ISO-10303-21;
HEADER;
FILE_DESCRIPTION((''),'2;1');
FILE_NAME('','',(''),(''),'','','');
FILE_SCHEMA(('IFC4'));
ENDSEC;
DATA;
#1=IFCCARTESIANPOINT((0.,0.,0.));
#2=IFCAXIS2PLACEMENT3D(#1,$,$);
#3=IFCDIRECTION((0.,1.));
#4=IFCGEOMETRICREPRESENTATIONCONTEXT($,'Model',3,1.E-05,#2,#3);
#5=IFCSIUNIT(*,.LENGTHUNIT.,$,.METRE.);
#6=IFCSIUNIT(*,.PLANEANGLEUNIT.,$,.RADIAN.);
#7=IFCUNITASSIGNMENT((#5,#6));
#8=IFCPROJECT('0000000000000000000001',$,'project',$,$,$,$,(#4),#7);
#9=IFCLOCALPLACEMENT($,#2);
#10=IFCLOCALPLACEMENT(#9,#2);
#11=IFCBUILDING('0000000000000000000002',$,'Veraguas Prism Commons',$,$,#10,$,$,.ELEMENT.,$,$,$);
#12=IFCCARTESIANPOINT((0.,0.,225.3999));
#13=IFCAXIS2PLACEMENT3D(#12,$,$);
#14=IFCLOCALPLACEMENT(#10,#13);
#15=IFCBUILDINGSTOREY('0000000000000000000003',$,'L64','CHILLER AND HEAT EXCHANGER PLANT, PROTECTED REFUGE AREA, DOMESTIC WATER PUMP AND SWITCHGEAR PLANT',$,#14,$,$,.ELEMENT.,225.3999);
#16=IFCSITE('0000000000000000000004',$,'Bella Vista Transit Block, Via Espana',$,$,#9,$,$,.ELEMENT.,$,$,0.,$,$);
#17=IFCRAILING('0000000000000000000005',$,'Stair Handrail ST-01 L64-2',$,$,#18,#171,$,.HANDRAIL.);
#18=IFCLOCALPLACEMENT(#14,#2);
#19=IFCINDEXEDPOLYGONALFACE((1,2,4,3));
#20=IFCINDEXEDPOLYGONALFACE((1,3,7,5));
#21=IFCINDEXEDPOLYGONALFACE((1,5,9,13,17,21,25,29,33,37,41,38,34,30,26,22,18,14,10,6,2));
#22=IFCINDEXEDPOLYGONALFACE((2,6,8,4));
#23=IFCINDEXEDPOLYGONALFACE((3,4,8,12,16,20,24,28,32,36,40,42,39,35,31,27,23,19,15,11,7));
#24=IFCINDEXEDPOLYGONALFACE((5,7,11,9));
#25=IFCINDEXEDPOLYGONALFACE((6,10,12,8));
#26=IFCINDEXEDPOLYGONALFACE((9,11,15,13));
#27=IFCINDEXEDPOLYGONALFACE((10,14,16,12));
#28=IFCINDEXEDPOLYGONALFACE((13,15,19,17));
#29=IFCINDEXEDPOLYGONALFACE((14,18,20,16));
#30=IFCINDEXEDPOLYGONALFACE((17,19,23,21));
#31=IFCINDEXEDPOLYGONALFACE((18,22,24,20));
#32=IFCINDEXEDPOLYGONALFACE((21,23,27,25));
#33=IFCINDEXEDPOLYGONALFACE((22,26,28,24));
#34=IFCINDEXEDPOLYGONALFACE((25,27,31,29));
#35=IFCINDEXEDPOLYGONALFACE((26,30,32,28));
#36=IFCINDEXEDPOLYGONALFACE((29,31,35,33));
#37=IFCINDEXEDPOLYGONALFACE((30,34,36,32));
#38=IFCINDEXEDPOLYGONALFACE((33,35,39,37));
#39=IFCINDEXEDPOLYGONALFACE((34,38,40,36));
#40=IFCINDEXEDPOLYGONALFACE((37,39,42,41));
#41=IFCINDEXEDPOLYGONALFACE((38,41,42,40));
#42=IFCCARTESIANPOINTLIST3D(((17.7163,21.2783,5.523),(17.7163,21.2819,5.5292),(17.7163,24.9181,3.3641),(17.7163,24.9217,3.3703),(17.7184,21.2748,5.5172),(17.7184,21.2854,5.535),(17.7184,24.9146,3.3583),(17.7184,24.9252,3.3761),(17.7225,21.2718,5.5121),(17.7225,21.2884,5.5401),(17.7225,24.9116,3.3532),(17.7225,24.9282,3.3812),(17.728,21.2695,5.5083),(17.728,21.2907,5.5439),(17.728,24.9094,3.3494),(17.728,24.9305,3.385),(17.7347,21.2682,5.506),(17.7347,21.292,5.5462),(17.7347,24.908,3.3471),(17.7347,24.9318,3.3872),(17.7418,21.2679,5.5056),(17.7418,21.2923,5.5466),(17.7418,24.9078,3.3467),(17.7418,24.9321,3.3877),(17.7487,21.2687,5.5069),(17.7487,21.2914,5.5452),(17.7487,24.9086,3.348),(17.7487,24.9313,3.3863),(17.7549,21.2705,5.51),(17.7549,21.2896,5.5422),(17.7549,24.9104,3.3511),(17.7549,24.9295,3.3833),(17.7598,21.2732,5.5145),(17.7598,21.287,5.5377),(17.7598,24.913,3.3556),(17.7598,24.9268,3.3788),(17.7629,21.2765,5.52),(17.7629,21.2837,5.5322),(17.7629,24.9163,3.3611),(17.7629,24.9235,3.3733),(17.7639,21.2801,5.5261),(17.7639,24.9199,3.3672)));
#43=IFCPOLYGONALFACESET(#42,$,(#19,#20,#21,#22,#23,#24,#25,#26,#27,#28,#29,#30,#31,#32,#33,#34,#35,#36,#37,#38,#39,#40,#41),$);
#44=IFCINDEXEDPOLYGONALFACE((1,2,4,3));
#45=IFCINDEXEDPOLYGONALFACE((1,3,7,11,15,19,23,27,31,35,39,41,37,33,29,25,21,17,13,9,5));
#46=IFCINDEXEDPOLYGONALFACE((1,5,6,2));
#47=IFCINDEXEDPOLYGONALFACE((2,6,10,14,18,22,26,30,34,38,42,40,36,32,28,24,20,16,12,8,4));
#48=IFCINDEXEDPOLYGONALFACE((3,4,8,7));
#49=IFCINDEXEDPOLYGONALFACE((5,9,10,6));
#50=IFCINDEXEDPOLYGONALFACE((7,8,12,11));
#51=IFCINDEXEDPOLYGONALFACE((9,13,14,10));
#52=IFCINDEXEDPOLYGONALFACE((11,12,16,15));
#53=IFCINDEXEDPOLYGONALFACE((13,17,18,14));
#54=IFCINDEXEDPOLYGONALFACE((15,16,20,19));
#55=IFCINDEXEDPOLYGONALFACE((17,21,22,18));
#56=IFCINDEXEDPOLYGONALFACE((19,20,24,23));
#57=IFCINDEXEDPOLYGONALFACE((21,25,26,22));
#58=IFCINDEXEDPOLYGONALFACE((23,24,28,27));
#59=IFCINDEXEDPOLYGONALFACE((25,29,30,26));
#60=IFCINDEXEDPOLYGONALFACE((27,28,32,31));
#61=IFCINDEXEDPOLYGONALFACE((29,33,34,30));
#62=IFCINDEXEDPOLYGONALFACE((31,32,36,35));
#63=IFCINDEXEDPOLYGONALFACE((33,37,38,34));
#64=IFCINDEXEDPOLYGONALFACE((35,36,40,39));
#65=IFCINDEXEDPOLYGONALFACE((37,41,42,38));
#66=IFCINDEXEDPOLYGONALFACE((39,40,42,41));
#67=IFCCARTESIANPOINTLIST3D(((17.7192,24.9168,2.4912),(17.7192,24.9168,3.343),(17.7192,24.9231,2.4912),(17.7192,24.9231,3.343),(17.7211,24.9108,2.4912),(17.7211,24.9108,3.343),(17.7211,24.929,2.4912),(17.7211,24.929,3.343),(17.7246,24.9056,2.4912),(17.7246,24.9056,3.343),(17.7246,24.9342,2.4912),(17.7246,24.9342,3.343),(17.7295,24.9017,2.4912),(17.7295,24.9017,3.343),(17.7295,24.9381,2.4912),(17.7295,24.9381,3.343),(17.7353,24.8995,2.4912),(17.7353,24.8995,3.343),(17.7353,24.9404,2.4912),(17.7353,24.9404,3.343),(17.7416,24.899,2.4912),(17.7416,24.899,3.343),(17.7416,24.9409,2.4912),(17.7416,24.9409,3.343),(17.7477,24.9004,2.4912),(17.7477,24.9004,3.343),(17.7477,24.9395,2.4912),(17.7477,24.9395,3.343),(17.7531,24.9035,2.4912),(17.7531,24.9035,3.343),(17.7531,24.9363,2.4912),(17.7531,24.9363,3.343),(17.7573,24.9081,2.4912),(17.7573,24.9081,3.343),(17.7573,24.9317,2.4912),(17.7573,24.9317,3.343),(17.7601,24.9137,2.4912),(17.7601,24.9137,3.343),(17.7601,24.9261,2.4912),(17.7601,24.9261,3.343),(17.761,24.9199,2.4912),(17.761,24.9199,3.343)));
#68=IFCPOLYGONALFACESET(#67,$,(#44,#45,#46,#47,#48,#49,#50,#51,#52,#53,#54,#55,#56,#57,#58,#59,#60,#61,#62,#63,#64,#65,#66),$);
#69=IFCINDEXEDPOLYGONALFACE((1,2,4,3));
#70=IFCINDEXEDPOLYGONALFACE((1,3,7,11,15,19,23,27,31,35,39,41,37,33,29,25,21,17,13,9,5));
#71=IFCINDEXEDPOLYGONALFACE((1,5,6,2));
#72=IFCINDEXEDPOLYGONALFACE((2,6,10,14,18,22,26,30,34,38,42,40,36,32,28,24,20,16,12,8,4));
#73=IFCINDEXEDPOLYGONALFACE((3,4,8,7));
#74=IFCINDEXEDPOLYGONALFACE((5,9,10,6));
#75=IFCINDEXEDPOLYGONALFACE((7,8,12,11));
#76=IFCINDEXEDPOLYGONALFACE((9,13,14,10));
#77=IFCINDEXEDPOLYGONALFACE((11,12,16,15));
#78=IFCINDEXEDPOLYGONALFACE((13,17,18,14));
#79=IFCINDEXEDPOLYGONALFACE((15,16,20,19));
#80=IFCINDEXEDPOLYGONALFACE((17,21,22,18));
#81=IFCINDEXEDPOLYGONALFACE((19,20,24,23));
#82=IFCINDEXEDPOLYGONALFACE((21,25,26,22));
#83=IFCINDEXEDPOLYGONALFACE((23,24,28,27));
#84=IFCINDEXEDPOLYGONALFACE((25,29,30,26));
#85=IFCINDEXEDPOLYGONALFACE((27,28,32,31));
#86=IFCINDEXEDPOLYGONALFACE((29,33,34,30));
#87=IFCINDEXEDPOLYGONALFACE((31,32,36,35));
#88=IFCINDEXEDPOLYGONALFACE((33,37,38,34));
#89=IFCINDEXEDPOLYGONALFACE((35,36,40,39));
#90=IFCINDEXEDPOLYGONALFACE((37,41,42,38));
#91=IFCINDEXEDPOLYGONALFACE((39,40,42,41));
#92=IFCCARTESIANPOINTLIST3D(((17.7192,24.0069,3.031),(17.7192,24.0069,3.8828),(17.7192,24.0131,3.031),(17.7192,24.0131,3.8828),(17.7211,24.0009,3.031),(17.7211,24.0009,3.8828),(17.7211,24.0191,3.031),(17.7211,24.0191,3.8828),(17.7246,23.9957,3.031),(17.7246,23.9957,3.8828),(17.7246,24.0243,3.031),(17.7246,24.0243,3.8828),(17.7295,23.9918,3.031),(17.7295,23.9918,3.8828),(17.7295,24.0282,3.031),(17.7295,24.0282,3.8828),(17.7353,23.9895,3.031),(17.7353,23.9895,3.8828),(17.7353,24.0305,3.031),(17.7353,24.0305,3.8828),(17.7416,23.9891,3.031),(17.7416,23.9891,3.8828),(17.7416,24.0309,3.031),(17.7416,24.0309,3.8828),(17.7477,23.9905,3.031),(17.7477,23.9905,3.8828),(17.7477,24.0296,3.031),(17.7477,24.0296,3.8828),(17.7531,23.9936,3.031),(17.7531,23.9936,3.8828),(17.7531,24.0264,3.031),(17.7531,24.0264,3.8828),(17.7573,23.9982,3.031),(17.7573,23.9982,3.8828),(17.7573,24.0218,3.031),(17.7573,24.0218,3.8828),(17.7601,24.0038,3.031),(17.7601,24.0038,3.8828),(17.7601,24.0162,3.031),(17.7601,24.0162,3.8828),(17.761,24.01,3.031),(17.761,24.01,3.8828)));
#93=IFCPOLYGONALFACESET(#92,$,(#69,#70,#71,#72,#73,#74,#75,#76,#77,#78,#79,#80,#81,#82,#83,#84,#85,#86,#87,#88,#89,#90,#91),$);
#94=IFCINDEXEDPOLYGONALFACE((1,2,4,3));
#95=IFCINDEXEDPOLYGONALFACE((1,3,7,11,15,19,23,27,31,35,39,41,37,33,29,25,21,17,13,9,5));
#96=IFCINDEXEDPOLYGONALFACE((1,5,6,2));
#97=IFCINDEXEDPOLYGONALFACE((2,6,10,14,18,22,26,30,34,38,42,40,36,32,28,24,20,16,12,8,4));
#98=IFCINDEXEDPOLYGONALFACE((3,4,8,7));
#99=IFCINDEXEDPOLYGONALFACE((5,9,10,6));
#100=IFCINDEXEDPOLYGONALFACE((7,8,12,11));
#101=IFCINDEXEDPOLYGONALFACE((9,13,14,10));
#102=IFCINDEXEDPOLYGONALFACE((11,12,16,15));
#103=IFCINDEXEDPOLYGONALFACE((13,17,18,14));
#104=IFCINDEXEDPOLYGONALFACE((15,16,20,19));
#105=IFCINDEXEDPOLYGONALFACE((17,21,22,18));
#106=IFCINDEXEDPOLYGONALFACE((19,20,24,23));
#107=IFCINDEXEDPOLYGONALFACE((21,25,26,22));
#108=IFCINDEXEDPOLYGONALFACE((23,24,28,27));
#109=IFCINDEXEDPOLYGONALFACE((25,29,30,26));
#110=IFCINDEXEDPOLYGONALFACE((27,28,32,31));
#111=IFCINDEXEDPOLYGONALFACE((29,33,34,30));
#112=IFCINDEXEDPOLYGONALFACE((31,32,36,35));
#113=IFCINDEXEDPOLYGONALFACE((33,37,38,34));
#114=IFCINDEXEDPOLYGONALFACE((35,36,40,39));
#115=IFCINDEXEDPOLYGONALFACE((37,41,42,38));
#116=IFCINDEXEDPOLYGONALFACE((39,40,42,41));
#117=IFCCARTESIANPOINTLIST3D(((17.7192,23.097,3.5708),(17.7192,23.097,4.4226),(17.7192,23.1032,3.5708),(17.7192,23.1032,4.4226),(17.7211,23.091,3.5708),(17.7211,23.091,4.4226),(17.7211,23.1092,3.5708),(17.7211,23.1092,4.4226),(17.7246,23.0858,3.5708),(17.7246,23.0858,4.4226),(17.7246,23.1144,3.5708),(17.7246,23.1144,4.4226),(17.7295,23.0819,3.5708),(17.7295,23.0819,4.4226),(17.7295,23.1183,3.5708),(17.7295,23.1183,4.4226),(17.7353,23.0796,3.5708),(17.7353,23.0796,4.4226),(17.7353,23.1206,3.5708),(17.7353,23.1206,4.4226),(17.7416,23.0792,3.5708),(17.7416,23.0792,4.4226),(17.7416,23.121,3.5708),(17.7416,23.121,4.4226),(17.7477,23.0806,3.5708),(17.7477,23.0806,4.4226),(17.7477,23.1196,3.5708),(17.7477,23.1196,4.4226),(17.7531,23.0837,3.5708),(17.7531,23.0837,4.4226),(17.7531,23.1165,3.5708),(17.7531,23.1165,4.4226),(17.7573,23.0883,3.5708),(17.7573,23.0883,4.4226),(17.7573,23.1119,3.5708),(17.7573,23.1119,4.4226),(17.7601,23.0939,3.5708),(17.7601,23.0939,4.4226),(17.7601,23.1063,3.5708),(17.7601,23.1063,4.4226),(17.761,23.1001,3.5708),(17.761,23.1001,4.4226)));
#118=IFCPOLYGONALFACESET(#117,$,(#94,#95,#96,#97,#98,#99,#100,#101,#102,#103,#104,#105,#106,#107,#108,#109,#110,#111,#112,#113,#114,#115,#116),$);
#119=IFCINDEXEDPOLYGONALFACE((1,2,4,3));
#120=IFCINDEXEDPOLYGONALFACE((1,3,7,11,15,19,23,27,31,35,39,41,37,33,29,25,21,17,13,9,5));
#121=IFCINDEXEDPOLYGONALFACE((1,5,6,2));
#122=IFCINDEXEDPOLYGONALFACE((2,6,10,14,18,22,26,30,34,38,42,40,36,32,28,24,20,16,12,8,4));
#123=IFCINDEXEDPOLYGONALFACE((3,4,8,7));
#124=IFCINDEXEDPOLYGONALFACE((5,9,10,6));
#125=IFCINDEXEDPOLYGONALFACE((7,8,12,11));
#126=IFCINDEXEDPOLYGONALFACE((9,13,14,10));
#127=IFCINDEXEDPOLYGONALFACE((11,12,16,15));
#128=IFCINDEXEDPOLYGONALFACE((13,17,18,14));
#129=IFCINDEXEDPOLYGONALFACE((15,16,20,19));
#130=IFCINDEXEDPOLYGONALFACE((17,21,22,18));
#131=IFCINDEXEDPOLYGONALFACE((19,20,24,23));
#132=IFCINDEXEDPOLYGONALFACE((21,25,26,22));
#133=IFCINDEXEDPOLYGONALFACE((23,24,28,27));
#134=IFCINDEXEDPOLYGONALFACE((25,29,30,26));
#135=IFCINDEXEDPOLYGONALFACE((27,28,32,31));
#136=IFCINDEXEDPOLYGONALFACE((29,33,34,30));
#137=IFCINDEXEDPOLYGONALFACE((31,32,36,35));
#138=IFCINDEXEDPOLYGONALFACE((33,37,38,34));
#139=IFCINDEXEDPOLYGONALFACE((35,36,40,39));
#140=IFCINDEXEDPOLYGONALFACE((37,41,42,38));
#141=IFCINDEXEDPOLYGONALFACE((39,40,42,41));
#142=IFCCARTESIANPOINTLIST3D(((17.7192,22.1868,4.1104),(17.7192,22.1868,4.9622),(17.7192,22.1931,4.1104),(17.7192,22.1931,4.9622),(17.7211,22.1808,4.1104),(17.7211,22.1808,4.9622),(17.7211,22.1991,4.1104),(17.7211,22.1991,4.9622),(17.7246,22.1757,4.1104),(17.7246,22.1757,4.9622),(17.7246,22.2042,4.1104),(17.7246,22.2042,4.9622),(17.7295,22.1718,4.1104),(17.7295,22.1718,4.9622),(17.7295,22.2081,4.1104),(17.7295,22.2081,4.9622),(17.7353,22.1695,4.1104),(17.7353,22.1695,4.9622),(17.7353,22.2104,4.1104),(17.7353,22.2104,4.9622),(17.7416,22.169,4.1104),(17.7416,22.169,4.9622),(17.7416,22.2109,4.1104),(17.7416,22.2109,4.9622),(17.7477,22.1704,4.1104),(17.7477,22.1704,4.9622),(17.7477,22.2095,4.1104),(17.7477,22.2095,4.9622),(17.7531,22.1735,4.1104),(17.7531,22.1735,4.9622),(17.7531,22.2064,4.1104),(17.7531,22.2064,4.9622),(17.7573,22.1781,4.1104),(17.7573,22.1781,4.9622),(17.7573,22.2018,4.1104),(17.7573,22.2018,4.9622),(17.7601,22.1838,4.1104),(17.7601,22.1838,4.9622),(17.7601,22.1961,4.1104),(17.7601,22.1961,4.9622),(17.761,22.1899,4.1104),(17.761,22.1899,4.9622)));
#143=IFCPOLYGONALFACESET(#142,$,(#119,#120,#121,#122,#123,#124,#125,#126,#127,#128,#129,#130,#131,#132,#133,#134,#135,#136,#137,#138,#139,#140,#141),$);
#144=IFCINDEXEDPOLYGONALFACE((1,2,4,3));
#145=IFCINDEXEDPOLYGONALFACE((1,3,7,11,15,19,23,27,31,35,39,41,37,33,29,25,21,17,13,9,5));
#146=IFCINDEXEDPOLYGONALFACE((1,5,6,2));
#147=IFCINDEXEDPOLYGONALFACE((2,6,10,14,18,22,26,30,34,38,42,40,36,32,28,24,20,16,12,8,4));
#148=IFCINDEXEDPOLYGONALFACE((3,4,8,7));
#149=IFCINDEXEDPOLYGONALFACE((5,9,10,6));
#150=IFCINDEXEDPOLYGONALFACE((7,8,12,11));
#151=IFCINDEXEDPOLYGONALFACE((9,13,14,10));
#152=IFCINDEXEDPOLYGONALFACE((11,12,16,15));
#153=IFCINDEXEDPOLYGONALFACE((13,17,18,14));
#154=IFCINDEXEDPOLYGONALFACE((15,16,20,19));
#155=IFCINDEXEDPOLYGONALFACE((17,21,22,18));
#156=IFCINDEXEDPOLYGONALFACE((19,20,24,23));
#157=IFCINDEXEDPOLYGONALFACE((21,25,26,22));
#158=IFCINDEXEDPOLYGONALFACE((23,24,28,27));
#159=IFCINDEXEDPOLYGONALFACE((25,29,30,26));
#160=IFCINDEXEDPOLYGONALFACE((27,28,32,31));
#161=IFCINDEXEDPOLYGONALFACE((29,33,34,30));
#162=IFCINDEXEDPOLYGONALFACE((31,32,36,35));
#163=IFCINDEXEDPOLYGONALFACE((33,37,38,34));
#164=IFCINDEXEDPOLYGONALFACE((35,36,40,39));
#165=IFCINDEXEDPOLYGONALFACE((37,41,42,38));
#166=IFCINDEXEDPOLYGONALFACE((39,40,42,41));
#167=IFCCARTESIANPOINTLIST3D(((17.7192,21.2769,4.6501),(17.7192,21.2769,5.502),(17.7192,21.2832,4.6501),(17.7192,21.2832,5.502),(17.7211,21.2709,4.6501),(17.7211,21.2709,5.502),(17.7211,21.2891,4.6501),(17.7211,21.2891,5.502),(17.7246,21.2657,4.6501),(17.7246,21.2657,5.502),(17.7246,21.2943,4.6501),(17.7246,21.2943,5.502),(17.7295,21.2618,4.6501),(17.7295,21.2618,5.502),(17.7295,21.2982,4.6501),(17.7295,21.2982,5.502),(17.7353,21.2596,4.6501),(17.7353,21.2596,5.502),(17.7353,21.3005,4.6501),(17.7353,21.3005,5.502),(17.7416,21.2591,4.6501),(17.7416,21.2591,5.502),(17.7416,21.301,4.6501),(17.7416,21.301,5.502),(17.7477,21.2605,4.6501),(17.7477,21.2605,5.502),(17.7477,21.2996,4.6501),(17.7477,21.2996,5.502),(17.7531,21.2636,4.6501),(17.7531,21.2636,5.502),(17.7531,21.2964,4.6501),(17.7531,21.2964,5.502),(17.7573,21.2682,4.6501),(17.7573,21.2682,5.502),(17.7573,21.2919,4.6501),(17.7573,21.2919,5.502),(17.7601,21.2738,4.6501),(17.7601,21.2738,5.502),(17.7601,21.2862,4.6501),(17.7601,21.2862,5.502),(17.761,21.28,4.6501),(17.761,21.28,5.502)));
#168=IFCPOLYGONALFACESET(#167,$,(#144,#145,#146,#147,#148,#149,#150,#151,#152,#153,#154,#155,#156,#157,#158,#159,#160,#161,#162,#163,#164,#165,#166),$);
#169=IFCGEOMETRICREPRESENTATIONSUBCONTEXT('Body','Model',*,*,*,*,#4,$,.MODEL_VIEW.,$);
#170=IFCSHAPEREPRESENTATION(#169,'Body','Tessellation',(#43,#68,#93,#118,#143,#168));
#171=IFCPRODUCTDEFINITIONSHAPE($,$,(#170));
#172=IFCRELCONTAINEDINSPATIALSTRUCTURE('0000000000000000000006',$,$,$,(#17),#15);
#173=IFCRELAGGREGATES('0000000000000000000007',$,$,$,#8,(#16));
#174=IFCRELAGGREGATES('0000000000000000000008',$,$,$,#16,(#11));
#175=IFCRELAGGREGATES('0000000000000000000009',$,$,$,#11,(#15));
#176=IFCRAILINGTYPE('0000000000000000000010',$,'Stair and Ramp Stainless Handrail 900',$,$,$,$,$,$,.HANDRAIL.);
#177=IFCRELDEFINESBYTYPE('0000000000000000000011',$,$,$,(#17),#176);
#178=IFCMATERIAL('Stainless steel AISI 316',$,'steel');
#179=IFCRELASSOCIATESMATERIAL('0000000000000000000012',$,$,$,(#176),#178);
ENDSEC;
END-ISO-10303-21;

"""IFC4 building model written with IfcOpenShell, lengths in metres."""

from ifc_helpers import new_model, si_unit, direction, frame, origin, origin_2d, place, context, subcontext, project, spatial, circle, extrude, material, type_object, element, save


model = new_model("IFC4")

# Units and contexts
model_context = context("Model", 3, precision=1e-05, world=origin(), true_north=direction((0.0, 1.0)))
body_context = subcontext(model_context, "Body", "Model", "MODEL_VIEW")
ifc_project = project(units=[si_unit("LENGTHUNIT", "METRE"), si_unit("PLANEANGLEUNIT", "RADIAN")], contexts=[model_context])

# Site, building, storey
site_placement = place(None, origin())
site = spatial("IfcSite", under=ifc_project, at=site_placement, Name="Bella Vista Transit Block, Via Espana", CompositionType="ELEMENT", RefElevation=0.0)
building_placement = place(site_placement, origin())
building = spatial("IfcBuilding", under=site, at=building_placement, Name="Veraguas Prism Commons", CompositionType="ELEMENT")
storey_placement = place(building_placement, frame((0.0, 0.0, 225.3999)))
storey = spatial("IfcBuildingStorey", under=building, at=storey_placement, Name="L64", Description="CHILLER AND HEAT EXCHANGER PLANT, PROTECTED REFUGE AREA, DOMESTIC WATER PUMP AND SWITCHGEAR PLANT", CompositionType="ELEMENT", Elevation=225.3999)

# Shared definitions
ifc_material_1 = material(Name="Stainless steel AISI 316", Category="steel")

# Railing
railing_type_1 = type_object("IfcRailingType", Name="Stair and Ramp Stainless Handrail 900", PredefinedType="HANDRAIL", material=ifc_material_1)
railing_1_placement = place(storey_placement, frame((17.74, 24.9199, 2.4912)))
element("IfcRailing", 1, at=railing_1_placement, inside=storey, type_object=railing_type_1, Name="Stair Handrail ST-01 L64-2", PredefinedType="HANDRAIL", context=body_context, shape_type="SweptSolid", body=[
    extrude(circle(Radius=0.0239, at=origin_2d()), frame((0.0, 0.0, 0.876), z_axis=(0.0, -0.860088, 0.510145), x_axis=(1.0, 0.0, 0.0)), (0.0, 0.0, 1.0), 4.2319),
    extrude(circle(Radius=0.021, at=origin_2d()), origin(), (0.0, 0.0, 1.0), 0.8518),
    extrude(circle(Radius=0.021, at=origin_2d()), frame((0.0, -0.9099, 0.5398)), (0.0, 0.0, 1.0), 0.8518),
    extrude(circle(Radius=0.021, at=origin_2d()), frame((0.0, -1.8198, 1.0796)), (0.0, 0.0, 1.0), 0.8518),
    extrude(circle(Radius=0.021, at=origin_2d()), frame((0.0, -2.73, 1.6191)), (0.0, 0.0, 1.0), 0.8518),
    extrude(circle(Radius=0.021, at=origin_2d()), frame((0.0, -3.6399, 2.1589)), (0.0, 0.0, 1.0), 0.8518),
])

save(model, "model.ifc")
